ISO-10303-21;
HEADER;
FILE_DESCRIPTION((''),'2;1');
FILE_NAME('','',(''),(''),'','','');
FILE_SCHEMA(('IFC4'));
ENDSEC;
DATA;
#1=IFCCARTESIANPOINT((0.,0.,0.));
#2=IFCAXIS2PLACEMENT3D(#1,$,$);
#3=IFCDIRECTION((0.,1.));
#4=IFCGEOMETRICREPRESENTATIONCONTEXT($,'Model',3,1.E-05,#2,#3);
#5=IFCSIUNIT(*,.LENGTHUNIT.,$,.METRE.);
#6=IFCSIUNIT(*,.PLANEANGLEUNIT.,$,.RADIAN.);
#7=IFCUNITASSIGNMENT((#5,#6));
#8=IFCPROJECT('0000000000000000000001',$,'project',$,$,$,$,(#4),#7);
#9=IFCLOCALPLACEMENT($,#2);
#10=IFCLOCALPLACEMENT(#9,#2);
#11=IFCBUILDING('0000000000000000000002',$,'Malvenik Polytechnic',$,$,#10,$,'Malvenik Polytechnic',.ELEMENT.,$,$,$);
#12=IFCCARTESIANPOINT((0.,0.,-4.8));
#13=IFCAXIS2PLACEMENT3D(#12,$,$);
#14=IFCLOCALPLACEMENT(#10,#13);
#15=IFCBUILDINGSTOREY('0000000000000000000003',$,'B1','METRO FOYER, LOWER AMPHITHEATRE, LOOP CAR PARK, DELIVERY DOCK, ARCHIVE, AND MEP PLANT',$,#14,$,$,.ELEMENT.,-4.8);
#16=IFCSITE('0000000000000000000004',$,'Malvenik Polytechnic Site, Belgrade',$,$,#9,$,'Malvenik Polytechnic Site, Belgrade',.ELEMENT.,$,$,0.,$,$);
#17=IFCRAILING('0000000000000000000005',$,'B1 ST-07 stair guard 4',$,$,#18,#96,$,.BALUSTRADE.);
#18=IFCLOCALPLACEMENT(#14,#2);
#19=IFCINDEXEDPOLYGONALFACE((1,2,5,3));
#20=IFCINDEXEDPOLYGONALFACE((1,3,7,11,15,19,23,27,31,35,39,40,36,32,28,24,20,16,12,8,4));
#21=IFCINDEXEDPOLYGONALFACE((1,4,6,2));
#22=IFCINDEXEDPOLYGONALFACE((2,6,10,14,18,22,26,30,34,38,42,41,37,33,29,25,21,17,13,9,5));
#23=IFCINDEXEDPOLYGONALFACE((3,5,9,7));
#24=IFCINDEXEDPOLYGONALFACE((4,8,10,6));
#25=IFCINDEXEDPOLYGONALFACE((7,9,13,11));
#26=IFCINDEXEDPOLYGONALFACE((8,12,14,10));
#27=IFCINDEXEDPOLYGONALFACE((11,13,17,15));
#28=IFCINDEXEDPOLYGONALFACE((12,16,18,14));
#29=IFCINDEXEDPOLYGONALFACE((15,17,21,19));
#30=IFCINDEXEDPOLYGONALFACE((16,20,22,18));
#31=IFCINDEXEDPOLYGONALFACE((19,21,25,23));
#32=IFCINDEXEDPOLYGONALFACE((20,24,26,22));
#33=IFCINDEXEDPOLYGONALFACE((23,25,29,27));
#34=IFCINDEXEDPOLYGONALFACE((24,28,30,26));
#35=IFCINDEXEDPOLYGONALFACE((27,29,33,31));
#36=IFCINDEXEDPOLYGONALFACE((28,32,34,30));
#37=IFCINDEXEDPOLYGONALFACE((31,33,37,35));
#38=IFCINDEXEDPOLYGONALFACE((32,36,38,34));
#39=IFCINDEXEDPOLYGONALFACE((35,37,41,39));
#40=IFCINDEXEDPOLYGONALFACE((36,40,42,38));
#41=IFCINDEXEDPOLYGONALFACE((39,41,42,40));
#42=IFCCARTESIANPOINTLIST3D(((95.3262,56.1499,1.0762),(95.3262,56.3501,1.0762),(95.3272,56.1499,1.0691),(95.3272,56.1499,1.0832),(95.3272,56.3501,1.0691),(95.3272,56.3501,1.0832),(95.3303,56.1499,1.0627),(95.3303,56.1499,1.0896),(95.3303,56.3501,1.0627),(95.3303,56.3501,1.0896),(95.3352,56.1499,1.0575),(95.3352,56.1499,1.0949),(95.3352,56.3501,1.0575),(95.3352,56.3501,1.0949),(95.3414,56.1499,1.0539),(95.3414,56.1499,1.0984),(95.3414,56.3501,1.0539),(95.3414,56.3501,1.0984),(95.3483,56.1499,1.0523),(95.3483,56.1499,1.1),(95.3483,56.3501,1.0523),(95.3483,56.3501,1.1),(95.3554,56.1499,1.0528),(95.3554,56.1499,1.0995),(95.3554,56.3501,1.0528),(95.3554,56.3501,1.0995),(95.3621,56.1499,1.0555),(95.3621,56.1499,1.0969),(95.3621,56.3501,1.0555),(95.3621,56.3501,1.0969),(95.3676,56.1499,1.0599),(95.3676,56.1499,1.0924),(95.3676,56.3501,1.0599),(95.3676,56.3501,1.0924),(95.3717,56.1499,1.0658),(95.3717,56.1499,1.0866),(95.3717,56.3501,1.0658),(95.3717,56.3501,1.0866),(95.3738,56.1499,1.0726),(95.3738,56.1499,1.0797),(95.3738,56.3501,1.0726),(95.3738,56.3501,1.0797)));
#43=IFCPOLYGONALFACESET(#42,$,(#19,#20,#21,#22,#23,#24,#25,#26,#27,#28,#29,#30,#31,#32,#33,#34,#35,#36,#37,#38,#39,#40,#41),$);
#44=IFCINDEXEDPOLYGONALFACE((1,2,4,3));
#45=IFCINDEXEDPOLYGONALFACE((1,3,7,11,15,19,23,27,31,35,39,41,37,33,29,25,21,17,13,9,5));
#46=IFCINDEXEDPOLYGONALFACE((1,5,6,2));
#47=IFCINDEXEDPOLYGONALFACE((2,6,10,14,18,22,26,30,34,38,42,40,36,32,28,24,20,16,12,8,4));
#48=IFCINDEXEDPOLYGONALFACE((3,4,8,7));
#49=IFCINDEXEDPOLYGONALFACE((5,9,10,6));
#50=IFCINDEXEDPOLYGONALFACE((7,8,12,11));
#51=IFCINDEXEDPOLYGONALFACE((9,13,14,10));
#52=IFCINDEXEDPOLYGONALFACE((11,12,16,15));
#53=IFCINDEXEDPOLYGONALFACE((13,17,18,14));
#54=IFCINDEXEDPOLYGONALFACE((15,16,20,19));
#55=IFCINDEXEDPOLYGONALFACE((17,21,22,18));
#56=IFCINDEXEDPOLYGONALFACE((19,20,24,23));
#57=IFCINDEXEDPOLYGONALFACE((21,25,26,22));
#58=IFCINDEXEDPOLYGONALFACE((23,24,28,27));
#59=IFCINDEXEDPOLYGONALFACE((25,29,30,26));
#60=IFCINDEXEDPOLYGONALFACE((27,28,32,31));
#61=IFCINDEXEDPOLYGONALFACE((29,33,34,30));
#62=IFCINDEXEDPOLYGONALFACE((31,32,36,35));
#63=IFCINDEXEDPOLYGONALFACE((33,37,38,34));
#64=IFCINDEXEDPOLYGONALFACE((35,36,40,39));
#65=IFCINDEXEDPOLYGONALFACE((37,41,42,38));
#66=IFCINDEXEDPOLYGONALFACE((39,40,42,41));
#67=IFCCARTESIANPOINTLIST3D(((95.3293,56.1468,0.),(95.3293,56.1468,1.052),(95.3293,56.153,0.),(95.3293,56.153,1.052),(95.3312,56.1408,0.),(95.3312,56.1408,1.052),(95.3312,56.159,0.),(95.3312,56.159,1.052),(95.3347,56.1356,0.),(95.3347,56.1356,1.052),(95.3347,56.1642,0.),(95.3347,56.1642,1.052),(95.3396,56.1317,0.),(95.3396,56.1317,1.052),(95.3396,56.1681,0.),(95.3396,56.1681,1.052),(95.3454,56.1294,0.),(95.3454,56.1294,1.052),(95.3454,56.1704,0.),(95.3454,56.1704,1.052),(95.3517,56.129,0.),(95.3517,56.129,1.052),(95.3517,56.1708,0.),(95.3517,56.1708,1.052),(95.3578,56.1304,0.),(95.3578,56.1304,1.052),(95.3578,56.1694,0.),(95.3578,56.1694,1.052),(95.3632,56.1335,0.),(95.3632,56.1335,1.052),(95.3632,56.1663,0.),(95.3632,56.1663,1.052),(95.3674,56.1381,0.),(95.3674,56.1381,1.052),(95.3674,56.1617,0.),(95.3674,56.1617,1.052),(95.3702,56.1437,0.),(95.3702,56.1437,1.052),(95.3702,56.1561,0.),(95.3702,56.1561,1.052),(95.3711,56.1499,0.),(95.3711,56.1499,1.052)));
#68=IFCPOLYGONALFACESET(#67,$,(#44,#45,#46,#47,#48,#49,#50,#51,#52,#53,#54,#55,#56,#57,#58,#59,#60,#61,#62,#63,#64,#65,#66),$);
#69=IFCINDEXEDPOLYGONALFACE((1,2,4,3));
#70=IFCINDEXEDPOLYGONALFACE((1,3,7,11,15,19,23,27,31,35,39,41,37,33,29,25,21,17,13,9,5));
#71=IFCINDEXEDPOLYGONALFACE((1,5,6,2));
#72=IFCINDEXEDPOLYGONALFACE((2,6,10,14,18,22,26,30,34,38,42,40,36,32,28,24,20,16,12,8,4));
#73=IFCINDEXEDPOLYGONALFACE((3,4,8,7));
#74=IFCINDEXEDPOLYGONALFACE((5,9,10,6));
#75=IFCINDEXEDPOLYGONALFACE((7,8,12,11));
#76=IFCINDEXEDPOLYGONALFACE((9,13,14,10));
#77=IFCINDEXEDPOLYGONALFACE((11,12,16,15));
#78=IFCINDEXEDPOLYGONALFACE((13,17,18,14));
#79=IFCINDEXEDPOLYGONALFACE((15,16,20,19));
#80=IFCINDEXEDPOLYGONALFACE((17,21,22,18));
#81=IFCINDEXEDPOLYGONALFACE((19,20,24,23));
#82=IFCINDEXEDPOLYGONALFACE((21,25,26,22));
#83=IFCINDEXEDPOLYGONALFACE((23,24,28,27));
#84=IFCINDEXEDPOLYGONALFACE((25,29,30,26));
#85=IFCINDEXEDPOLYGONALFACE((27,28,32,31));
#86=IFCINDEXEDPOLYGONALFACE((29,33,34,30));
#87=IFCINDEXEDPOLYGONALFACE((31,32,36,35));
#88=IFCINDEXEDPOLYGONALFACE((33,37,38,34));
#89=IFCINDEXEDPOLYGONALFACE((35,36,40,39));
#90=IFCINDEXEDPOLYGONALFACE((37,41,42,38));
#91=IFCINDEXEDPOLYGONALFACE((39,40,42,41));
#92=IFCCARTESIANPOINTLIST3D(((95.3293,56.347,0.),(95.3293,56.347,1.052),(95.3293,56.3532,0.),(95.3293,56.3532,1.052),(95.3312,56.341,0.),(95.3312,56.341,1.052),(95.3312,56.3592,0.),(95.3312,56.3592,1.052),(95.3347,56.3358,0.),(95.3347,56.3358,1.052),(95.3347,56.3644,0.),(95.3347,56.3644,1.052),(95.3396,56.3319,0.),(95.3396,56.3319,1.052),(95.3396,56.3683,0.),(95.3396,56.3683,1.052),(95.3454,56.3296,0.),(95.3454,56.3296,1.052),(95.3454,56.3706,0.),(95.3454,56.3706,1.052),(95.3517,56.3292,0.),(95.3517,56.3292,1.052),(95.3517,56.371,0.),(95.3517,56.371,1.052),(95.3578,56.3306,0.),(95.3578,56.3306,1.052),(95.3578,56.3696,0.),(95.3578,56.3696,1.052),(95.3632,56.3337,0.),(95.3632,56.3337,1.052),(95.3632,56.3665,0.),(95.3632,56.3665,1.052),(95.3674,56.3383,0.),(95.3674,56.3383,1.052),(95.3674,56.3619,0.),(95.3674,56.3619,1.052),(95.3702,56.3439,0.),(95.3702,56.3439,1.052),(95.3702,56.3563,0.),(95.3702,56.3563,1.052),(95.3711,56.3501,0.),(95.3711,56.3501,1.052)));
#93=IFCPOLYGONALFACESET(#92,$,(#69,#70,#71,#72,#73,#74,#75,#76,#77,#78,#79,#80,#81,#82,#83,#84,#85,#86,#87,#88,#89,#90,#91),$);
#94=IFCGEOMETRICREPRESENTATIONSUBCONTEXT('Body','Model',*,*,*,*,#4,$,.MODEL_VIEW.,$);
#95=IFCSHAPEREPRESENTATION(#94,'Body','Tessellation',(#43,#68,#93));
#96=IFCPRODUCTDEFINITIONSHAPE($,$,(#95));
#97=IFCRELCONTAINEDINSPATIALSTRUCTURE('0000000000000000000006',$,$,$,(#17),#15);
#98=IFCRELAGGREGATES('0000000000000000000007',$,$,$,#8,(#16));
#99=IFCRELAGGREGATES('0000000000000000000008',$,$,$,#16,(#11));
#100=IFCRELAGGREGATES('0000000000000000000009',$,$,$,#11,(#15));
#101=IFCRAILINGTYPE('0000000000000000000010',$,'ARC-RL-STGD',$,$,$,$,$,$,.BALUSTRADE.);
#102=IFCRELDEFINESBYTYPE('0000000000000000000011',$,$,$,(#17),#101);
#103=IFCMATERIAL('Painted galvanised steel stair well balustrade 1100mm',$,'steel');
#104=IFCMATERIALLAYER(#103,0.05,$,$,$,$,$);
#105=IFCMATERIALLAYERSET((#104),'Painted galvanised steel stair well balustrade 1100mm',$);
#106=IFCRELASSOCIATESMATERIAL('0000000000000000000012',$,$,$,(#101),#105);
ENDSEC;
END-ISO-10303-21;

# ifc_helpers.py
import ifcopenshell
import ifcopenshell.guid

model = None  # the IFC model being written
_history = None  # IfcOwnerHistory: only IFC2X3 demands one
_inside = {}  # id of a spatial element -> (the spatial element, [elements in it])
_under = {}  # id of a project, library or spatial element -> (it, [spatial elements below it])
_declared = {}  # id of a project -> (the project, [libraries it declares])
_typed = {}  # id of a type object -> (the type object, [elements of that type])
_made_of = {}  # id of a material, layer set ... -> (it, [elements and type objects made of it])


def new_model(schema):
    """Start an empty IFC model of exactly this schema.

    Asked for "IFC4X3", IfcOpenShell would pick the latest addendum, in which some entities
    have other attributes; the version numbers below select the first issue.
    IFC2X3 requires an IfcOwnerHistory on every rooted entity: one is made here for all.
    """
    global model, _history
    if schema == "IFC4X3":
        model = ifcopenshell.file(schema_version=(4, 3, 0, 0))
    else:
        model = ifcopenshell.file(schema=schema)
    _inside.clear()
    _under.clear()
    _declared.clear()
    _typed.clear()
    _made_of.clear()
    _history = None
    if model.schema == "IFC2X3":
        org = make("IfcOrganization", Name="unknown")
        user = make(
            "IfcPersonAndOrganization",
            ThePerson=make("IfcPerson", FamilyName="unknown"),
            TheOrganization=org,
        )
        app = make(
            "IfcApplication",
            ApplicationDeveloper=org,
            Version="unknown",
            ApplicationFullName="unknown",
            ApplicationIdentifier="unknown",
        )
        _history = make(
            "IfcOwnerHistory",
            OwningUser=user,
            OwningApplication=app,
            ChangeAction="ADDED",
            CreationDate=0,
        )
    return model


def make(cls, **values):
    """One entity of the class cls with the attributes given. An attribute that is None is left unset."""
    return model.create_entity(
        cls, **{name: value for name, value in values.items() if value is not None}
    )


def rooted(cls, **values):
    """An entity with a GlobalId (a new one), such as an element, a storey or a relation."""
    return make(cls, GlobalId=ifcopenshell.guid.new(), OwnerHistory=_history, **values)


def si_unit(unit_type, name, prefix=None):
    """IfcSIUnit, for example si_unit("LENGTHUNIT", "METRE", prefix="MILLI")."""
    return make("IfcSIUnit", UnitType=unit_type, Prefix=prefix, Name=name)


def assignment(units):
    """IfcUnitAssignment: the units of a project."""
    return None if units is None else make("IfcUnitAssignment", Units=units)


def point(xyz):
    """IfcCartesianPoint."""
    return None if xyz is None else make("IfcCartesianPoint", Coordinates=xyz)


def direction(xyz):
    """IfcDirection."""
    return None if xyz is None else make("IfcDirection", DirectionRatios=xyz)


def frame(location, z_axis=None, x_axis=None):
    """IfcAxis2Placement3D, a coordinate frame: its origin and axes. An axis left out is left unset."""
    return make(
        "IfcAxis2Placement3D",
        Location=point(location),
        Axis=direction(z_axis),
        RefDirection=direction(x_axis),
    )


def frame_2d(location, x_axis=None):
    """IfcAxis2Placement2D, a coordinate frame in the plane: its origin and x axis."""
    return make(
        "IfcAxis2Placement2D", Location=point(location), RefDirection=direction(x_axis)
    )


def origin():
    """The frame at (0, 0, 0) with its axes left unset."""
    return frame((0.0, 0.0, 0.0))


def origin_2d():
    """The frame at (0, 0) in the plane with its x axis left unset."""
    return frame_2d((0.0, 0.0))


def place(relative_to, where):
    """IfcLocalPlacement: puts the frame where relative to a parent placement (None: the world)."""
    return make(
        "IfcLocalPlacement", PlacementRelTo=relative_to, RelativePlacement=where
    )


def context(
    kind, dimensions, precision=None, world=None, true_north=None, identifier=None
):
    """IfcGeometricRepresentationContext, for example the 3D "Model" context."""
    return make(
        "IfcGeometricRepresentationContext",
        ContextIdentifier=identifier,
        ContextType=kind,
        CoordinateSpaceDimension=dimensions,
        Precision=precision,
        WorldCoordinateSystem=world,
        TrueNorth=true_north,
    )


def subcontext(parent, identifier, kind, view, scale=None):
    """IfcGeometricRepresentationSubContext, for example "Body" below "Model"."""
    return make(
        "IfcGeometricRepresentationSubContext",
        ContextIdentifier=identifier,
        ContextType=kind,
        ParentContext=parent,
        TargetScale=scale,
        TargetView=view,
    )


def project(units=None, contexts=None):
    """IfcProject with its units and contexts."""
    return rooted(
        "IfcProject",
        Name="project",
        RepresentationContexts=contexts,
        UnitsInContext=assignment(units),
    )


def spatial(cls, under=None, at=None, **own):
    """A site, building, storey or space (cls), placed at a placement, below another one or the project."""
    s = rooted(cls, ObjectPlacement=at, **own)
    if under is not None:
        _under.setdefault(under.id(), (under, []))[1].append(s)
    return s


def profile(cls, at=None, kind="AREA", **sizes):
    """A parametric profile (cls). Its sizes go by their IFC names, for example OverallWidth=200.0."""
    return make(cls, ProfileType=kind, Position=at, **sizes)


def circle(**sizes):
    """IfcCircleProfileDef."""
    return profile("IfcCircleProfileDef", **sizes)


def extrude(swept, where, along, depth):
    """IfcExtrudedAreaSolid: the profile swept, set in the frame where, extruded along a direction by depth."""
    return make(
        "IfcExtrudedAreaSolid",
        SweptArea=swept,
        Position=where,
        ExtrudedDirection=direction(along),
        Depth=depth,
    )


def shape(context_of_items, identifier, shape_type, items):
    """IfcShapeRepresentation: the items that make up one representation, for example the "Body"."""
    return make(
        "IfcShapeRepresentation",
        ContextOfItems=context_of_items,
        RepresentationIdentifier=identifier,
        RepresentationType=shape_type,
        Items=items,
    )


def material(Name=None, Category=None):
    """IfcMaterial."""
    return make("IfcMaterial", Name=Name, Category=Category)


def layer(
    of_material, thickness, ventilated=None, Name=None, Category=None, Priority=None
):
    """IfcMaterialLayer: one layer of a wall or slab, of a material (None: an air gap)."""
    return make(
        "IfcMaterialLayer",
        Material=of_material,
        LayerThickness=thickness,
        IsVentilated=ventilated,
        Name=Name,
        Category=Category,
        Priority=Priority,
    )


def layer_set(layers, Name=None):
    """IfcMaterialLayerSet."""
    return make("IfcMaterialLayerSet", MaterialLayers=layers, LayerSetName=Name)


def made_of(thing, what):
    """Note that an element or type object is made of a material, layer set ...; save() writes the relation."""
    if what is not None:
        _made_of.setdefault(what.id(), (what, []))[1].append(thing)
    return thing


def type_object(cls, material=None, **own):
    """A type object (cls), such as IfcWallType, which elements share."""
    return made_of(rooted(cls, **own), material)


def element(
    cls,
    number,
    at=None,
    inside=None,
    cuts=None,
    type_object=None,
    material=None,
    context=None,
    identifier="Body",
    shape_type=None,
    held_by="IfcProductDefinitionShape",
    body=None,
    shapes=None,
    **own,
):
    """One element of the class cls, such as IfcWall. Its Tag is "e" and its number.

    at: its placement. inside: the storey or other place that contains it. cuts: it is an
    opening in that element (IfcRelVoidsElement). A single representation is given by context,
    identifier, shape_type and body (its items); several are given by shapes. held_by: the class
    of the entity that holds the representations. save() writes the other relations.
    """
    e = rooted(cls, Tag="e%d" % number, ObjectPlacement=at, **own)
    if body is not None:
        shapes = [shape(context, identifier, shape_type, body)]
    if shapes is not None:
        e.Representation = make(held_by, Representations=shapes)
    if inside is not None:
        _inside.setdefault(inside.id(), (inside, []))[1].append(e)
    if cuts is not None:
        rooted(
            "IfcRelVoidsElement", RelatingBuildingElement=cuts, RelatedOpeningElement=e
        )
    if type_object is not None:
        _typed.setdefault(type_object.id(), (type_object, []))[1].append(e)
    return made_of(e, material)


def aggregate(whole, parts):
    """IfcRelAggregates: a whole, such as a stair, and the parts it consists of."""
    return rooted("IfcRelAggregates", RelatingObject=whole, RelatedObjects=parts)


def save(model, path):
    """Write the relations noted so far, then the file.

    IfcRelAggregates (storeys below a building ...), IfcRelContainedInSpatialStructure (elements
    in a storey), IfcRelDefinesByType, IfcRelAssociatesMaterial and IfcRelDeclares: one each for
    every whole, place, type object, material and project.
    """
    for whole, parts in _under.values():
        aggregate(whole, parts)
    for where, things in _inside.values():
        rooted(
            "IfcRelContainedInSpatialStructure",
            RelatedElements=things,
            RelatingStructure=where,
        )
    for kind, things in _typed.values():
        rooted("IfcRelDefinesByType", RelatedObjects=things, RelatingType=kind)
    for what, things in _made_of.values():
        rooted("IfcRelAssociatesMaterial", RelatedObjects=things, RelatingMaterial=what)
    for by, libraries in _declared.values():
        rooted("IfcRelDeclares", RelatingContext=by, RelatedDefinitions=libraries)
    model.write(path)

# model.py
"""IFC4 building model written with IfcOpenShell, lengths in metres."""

from ifc_helpers import new_model, si_unit, direction, frame, origin, origin_2d, place, context, subcontext, project, spatial, circle, extrude, material, layer, layer_set, type_object, element, save


model = new_model("IFC4")

# Units and contexts
model_context = context("Model", 3, precision=1e-05, world=origin(), true_north=direction((0.0, 1.0)))
body_context = subcontext(model_context, "Body", "Model", "MODEL_VIEW")
ifc_project = project(units=[si_unit("LENGTHUNIT", "METRE"), si_unit("PLANEANGLEUNIT", "RADIAN")], contexts=[model_context])

# Site, building, storey
site_placement = place(None, origin())
site = spatial("IfcSite", under=ifc_project, at=site_placement, Name="Malvenik Polytechnic Site, Belgrade", LongName="Malvenik Polytechnic Site, Belgrade", CompositionType="ELEMENT", RefElevation=0.0)
building_placement = place(site_placement, origin())
building = spatial("IfcBuilding", under=site, at=building_placement, Name="Malvenik Polytechnic", LongName="Malvenik Polytechnic", CompositionType="ELEMENT")
storey_placement = place(building_placement, frame((0.0, 0.0, -4.8)))
storey = spatial("IfcBuildingStorey", under=building, at=storey_placement, Name="B1", Description="METRO FOYER, LOWER AMPHITHEATRE, LOOP CAR PARK, DELIVERY DOCK, ARCHIVE, AND MEP PLANT", CompositionType="ELEMENT", Elevation=-4.8)

# Railing
ifc_material_1 = material(Name="Painted galvanised steel stair well balustrade 1100mm", Category="steel")
ifc_layer_1 = layer(ifc_material_1, 0.05)
ifc_layer_set_1 = layer_set([ifc_layer_1], Name="Painted galvanised steel stair well balustrade 1100mm")
railing_type_1 = type_object("IfcRailingType", Name="ARC-RL-STGD", PredefinedType="BALUSTRADE", material=ifc_layer_set_1)
railing_1_placement = place(storey_placement, frame((95.3501, 56.1499, 0.0)))
element("IfcRailing", 1, at=railing_1_placement, inside=storey, type_object=railing_type_1, Name="B1 ST-07 stair guard 4", PredefinedType="BALUSTRADE", context=body_context, shape_type="SweptSolid", body=[
    extrude(circle(Radius=0.0239, at=origin_2d()), frame((0.0, 0.0, 1.0762), z_axis=(0.0, 1.0, 0.0), x_axis=(-1.0, 0.0, 0.0)), (0.0, 0.0, 1.0), 0.2002),
    extrude(circle(Radius=0.021, at=origin_2d()), origin(), (0.0, 0.0, 1.0), 1.052),
    extrude(circle(Radius=0.021, at=origin_2d()), frame((0.0, 0.2002, 0.0)), (0.0, 0.0, 1.0), 1.052),
])

save(model, "model.ifc")
